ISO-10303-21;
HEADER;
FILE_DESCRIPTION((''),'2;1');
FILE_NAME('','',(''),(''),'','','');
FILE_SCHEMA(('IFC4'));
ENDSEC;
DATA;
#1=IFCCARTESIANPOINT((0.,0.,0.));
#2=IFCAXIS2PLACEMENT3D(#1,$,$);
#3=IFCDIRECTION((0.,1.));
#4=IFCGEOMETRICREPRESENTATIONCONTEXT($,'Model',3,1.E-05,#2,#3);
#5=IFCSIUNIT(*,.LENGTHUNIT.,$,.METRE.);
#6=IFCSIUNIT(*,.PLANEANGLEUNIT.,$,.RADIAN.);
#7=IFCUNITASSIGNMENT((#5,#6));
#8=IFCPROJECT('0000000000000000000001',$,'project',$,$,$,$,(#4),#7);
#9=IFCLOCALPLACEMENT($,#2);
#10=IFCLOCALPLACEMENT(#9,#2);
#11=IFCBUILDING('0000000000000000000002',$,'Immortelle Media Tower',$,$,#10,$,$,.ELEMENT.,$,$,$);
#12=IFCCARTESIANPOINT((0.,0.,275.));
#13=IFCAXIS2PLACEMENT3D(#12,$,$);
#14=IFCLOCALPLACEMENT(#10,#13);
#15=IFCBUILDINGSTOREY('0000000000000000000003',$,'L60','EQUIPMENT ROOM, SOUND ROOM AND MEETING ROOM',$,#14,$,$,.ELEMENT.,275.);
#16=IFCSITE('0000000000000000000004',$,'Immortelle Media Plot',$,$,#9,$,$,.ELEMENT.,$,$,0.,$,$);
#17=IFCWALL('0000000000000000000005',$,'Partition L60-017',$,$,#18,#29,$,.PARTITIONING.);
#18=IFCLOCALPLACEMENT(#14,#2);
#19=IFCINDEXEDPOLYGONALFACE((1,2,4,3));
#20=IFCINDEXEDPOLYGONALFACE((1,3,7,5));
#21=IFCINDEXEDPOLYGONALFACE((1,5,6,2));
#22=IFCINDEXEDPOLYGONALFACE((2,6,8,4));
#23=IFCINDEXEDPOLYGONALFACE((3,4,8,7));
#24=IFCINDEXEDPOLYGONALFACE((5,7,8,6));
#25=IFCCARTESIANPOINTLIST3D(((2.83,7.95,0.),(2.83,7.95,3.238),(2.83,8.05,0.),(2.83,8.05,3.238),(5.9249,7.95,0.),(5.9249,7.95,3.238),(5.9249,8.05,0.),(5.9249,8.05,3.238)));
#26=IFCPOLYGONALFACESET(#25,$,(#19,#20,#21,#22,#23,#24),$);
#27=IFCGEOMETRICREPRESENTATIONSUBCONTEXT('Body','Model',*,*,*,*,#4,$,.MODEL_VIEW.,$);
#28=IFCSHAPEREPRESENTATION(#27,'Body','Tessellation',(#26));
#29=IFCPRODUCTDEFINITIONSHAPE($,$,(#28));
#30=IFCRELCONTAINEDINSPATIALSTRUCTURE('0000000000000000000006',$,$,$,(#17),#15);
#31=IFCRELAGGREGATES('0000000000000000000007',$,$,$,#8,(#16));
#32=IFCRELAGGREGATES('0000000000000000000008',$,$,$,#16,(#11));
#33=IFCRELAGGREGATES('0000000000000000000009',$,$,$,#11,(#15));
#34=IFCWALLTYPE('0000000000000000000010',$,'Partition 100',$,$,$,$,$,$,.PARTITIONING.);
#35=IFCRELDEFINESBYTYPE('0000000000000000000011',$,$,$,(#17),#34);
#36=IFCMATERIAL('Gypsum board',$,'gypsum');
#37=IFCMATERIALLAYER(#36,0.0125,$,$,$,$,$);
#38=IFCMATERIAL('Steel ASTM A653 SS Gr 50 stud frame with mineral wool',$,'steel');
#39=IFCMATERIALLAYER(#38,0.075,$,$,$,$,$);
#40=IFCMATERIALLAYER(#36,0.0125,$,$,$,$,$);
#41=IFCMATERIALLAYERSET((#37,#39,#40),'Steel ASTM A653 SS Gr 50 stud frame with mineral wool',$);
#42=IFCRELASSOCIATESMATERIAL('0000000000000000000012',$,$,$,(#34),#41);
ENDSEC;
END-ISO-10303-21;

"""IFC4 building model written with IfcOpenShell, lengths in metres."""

from ifc_helpers import new_model, si_unit, direction, frame, frame_2d, origin, place, context, subcontext, project, spatial, rectangle, extrude, material, layer, layer_set, type_object, element, save


model = new_model("IFC4")

# Units and contexts
model_context = context("Model", 3, precision=1e-05, world=origin(), true_north=direction((0.0, 1.0)))
body_context = subcontext(model_context, "Body", "Model", "MODEL_VIEW")
ifc_project = project(units=[si_unit("LENGTHUNIT", "METRE"), si_unit("PLANEANGLEUNIT", "RADIAN")], contexts=[model_context])

# Site, building, storey
site_placement = place(None, origin())
site = spatial("IfcSite", under=ifc_project, at=site_placement, Name="Immortelle Media Plot", CompositionType="ELEMENT", RefElevation=0.0)
building_placement = place(site_placement, origin())
building = spatial("IfcBuilding", under=site, at=building_placement, Name="Immortelle Media Tower", CompositionType="ELEMENT")
storey_placement = place(building_placement, frame((0.0, 0.0, 275.0)))
storey = spatial("IfcBuildingStorey", under=building, at=storey_placement, Name="L60", Description="EQUIPMENT ROOM, SOUND ROOM AND MEETING ROOM", CompositionType="ELEMENT", Elevation=275.0)

# Shared definitions
ifc_material_1 = material(Name="Steel ASTM A653 SS Gr 50 stud frame with mineral wool", Category="steel")

# Wall
ifc_material_2 = material(Name="Gypsum board", Category="gypsum")
ifc_layer_1 = layer(ifc_material_2, 0.0125)
ifc_layer_2 = layer(ifc_material_1, 0.075)
ifc_layer_3 = layer(ifc_material_2, 0.0125)
ifc_layer_set_1 = layer_set([ifc_layer_1, ifc_layer_2, ifc_layer_3], Name="Steel ASTM A653 SS Gr 50 stud frame with mineral wool")
wall_type_1 = type_object("IfcWallType", Name="Partition 100", PredefinedType="PARTITIONING", material=ifc_layer_set_1)
for number, where, z_axis, x_axis, name in (
    (1, (2.8301, 8.0, 0.0), (0.0, 0.0, 1.0), (1.0, 0.0, 0.0), "Partition L60-017"),
):
    element("IfcWall", number, at=place(storey_placement, frame(where, z_axis=z_axis, x_axis=x_axis)), inside=storey, type_object=wall_type_1, Name=name, PredefinedType="PARTITIONING", context=body_context, shape_type="SweptSolid", body=[
        extrude(rectangle(XDim=3.095, YDim=0.1001, at=frame_2d((1.5474, 0.0))), origin(), (0.0, 0.0, 1.0), 3.238),
    ])

save(model, "model.ifc")
